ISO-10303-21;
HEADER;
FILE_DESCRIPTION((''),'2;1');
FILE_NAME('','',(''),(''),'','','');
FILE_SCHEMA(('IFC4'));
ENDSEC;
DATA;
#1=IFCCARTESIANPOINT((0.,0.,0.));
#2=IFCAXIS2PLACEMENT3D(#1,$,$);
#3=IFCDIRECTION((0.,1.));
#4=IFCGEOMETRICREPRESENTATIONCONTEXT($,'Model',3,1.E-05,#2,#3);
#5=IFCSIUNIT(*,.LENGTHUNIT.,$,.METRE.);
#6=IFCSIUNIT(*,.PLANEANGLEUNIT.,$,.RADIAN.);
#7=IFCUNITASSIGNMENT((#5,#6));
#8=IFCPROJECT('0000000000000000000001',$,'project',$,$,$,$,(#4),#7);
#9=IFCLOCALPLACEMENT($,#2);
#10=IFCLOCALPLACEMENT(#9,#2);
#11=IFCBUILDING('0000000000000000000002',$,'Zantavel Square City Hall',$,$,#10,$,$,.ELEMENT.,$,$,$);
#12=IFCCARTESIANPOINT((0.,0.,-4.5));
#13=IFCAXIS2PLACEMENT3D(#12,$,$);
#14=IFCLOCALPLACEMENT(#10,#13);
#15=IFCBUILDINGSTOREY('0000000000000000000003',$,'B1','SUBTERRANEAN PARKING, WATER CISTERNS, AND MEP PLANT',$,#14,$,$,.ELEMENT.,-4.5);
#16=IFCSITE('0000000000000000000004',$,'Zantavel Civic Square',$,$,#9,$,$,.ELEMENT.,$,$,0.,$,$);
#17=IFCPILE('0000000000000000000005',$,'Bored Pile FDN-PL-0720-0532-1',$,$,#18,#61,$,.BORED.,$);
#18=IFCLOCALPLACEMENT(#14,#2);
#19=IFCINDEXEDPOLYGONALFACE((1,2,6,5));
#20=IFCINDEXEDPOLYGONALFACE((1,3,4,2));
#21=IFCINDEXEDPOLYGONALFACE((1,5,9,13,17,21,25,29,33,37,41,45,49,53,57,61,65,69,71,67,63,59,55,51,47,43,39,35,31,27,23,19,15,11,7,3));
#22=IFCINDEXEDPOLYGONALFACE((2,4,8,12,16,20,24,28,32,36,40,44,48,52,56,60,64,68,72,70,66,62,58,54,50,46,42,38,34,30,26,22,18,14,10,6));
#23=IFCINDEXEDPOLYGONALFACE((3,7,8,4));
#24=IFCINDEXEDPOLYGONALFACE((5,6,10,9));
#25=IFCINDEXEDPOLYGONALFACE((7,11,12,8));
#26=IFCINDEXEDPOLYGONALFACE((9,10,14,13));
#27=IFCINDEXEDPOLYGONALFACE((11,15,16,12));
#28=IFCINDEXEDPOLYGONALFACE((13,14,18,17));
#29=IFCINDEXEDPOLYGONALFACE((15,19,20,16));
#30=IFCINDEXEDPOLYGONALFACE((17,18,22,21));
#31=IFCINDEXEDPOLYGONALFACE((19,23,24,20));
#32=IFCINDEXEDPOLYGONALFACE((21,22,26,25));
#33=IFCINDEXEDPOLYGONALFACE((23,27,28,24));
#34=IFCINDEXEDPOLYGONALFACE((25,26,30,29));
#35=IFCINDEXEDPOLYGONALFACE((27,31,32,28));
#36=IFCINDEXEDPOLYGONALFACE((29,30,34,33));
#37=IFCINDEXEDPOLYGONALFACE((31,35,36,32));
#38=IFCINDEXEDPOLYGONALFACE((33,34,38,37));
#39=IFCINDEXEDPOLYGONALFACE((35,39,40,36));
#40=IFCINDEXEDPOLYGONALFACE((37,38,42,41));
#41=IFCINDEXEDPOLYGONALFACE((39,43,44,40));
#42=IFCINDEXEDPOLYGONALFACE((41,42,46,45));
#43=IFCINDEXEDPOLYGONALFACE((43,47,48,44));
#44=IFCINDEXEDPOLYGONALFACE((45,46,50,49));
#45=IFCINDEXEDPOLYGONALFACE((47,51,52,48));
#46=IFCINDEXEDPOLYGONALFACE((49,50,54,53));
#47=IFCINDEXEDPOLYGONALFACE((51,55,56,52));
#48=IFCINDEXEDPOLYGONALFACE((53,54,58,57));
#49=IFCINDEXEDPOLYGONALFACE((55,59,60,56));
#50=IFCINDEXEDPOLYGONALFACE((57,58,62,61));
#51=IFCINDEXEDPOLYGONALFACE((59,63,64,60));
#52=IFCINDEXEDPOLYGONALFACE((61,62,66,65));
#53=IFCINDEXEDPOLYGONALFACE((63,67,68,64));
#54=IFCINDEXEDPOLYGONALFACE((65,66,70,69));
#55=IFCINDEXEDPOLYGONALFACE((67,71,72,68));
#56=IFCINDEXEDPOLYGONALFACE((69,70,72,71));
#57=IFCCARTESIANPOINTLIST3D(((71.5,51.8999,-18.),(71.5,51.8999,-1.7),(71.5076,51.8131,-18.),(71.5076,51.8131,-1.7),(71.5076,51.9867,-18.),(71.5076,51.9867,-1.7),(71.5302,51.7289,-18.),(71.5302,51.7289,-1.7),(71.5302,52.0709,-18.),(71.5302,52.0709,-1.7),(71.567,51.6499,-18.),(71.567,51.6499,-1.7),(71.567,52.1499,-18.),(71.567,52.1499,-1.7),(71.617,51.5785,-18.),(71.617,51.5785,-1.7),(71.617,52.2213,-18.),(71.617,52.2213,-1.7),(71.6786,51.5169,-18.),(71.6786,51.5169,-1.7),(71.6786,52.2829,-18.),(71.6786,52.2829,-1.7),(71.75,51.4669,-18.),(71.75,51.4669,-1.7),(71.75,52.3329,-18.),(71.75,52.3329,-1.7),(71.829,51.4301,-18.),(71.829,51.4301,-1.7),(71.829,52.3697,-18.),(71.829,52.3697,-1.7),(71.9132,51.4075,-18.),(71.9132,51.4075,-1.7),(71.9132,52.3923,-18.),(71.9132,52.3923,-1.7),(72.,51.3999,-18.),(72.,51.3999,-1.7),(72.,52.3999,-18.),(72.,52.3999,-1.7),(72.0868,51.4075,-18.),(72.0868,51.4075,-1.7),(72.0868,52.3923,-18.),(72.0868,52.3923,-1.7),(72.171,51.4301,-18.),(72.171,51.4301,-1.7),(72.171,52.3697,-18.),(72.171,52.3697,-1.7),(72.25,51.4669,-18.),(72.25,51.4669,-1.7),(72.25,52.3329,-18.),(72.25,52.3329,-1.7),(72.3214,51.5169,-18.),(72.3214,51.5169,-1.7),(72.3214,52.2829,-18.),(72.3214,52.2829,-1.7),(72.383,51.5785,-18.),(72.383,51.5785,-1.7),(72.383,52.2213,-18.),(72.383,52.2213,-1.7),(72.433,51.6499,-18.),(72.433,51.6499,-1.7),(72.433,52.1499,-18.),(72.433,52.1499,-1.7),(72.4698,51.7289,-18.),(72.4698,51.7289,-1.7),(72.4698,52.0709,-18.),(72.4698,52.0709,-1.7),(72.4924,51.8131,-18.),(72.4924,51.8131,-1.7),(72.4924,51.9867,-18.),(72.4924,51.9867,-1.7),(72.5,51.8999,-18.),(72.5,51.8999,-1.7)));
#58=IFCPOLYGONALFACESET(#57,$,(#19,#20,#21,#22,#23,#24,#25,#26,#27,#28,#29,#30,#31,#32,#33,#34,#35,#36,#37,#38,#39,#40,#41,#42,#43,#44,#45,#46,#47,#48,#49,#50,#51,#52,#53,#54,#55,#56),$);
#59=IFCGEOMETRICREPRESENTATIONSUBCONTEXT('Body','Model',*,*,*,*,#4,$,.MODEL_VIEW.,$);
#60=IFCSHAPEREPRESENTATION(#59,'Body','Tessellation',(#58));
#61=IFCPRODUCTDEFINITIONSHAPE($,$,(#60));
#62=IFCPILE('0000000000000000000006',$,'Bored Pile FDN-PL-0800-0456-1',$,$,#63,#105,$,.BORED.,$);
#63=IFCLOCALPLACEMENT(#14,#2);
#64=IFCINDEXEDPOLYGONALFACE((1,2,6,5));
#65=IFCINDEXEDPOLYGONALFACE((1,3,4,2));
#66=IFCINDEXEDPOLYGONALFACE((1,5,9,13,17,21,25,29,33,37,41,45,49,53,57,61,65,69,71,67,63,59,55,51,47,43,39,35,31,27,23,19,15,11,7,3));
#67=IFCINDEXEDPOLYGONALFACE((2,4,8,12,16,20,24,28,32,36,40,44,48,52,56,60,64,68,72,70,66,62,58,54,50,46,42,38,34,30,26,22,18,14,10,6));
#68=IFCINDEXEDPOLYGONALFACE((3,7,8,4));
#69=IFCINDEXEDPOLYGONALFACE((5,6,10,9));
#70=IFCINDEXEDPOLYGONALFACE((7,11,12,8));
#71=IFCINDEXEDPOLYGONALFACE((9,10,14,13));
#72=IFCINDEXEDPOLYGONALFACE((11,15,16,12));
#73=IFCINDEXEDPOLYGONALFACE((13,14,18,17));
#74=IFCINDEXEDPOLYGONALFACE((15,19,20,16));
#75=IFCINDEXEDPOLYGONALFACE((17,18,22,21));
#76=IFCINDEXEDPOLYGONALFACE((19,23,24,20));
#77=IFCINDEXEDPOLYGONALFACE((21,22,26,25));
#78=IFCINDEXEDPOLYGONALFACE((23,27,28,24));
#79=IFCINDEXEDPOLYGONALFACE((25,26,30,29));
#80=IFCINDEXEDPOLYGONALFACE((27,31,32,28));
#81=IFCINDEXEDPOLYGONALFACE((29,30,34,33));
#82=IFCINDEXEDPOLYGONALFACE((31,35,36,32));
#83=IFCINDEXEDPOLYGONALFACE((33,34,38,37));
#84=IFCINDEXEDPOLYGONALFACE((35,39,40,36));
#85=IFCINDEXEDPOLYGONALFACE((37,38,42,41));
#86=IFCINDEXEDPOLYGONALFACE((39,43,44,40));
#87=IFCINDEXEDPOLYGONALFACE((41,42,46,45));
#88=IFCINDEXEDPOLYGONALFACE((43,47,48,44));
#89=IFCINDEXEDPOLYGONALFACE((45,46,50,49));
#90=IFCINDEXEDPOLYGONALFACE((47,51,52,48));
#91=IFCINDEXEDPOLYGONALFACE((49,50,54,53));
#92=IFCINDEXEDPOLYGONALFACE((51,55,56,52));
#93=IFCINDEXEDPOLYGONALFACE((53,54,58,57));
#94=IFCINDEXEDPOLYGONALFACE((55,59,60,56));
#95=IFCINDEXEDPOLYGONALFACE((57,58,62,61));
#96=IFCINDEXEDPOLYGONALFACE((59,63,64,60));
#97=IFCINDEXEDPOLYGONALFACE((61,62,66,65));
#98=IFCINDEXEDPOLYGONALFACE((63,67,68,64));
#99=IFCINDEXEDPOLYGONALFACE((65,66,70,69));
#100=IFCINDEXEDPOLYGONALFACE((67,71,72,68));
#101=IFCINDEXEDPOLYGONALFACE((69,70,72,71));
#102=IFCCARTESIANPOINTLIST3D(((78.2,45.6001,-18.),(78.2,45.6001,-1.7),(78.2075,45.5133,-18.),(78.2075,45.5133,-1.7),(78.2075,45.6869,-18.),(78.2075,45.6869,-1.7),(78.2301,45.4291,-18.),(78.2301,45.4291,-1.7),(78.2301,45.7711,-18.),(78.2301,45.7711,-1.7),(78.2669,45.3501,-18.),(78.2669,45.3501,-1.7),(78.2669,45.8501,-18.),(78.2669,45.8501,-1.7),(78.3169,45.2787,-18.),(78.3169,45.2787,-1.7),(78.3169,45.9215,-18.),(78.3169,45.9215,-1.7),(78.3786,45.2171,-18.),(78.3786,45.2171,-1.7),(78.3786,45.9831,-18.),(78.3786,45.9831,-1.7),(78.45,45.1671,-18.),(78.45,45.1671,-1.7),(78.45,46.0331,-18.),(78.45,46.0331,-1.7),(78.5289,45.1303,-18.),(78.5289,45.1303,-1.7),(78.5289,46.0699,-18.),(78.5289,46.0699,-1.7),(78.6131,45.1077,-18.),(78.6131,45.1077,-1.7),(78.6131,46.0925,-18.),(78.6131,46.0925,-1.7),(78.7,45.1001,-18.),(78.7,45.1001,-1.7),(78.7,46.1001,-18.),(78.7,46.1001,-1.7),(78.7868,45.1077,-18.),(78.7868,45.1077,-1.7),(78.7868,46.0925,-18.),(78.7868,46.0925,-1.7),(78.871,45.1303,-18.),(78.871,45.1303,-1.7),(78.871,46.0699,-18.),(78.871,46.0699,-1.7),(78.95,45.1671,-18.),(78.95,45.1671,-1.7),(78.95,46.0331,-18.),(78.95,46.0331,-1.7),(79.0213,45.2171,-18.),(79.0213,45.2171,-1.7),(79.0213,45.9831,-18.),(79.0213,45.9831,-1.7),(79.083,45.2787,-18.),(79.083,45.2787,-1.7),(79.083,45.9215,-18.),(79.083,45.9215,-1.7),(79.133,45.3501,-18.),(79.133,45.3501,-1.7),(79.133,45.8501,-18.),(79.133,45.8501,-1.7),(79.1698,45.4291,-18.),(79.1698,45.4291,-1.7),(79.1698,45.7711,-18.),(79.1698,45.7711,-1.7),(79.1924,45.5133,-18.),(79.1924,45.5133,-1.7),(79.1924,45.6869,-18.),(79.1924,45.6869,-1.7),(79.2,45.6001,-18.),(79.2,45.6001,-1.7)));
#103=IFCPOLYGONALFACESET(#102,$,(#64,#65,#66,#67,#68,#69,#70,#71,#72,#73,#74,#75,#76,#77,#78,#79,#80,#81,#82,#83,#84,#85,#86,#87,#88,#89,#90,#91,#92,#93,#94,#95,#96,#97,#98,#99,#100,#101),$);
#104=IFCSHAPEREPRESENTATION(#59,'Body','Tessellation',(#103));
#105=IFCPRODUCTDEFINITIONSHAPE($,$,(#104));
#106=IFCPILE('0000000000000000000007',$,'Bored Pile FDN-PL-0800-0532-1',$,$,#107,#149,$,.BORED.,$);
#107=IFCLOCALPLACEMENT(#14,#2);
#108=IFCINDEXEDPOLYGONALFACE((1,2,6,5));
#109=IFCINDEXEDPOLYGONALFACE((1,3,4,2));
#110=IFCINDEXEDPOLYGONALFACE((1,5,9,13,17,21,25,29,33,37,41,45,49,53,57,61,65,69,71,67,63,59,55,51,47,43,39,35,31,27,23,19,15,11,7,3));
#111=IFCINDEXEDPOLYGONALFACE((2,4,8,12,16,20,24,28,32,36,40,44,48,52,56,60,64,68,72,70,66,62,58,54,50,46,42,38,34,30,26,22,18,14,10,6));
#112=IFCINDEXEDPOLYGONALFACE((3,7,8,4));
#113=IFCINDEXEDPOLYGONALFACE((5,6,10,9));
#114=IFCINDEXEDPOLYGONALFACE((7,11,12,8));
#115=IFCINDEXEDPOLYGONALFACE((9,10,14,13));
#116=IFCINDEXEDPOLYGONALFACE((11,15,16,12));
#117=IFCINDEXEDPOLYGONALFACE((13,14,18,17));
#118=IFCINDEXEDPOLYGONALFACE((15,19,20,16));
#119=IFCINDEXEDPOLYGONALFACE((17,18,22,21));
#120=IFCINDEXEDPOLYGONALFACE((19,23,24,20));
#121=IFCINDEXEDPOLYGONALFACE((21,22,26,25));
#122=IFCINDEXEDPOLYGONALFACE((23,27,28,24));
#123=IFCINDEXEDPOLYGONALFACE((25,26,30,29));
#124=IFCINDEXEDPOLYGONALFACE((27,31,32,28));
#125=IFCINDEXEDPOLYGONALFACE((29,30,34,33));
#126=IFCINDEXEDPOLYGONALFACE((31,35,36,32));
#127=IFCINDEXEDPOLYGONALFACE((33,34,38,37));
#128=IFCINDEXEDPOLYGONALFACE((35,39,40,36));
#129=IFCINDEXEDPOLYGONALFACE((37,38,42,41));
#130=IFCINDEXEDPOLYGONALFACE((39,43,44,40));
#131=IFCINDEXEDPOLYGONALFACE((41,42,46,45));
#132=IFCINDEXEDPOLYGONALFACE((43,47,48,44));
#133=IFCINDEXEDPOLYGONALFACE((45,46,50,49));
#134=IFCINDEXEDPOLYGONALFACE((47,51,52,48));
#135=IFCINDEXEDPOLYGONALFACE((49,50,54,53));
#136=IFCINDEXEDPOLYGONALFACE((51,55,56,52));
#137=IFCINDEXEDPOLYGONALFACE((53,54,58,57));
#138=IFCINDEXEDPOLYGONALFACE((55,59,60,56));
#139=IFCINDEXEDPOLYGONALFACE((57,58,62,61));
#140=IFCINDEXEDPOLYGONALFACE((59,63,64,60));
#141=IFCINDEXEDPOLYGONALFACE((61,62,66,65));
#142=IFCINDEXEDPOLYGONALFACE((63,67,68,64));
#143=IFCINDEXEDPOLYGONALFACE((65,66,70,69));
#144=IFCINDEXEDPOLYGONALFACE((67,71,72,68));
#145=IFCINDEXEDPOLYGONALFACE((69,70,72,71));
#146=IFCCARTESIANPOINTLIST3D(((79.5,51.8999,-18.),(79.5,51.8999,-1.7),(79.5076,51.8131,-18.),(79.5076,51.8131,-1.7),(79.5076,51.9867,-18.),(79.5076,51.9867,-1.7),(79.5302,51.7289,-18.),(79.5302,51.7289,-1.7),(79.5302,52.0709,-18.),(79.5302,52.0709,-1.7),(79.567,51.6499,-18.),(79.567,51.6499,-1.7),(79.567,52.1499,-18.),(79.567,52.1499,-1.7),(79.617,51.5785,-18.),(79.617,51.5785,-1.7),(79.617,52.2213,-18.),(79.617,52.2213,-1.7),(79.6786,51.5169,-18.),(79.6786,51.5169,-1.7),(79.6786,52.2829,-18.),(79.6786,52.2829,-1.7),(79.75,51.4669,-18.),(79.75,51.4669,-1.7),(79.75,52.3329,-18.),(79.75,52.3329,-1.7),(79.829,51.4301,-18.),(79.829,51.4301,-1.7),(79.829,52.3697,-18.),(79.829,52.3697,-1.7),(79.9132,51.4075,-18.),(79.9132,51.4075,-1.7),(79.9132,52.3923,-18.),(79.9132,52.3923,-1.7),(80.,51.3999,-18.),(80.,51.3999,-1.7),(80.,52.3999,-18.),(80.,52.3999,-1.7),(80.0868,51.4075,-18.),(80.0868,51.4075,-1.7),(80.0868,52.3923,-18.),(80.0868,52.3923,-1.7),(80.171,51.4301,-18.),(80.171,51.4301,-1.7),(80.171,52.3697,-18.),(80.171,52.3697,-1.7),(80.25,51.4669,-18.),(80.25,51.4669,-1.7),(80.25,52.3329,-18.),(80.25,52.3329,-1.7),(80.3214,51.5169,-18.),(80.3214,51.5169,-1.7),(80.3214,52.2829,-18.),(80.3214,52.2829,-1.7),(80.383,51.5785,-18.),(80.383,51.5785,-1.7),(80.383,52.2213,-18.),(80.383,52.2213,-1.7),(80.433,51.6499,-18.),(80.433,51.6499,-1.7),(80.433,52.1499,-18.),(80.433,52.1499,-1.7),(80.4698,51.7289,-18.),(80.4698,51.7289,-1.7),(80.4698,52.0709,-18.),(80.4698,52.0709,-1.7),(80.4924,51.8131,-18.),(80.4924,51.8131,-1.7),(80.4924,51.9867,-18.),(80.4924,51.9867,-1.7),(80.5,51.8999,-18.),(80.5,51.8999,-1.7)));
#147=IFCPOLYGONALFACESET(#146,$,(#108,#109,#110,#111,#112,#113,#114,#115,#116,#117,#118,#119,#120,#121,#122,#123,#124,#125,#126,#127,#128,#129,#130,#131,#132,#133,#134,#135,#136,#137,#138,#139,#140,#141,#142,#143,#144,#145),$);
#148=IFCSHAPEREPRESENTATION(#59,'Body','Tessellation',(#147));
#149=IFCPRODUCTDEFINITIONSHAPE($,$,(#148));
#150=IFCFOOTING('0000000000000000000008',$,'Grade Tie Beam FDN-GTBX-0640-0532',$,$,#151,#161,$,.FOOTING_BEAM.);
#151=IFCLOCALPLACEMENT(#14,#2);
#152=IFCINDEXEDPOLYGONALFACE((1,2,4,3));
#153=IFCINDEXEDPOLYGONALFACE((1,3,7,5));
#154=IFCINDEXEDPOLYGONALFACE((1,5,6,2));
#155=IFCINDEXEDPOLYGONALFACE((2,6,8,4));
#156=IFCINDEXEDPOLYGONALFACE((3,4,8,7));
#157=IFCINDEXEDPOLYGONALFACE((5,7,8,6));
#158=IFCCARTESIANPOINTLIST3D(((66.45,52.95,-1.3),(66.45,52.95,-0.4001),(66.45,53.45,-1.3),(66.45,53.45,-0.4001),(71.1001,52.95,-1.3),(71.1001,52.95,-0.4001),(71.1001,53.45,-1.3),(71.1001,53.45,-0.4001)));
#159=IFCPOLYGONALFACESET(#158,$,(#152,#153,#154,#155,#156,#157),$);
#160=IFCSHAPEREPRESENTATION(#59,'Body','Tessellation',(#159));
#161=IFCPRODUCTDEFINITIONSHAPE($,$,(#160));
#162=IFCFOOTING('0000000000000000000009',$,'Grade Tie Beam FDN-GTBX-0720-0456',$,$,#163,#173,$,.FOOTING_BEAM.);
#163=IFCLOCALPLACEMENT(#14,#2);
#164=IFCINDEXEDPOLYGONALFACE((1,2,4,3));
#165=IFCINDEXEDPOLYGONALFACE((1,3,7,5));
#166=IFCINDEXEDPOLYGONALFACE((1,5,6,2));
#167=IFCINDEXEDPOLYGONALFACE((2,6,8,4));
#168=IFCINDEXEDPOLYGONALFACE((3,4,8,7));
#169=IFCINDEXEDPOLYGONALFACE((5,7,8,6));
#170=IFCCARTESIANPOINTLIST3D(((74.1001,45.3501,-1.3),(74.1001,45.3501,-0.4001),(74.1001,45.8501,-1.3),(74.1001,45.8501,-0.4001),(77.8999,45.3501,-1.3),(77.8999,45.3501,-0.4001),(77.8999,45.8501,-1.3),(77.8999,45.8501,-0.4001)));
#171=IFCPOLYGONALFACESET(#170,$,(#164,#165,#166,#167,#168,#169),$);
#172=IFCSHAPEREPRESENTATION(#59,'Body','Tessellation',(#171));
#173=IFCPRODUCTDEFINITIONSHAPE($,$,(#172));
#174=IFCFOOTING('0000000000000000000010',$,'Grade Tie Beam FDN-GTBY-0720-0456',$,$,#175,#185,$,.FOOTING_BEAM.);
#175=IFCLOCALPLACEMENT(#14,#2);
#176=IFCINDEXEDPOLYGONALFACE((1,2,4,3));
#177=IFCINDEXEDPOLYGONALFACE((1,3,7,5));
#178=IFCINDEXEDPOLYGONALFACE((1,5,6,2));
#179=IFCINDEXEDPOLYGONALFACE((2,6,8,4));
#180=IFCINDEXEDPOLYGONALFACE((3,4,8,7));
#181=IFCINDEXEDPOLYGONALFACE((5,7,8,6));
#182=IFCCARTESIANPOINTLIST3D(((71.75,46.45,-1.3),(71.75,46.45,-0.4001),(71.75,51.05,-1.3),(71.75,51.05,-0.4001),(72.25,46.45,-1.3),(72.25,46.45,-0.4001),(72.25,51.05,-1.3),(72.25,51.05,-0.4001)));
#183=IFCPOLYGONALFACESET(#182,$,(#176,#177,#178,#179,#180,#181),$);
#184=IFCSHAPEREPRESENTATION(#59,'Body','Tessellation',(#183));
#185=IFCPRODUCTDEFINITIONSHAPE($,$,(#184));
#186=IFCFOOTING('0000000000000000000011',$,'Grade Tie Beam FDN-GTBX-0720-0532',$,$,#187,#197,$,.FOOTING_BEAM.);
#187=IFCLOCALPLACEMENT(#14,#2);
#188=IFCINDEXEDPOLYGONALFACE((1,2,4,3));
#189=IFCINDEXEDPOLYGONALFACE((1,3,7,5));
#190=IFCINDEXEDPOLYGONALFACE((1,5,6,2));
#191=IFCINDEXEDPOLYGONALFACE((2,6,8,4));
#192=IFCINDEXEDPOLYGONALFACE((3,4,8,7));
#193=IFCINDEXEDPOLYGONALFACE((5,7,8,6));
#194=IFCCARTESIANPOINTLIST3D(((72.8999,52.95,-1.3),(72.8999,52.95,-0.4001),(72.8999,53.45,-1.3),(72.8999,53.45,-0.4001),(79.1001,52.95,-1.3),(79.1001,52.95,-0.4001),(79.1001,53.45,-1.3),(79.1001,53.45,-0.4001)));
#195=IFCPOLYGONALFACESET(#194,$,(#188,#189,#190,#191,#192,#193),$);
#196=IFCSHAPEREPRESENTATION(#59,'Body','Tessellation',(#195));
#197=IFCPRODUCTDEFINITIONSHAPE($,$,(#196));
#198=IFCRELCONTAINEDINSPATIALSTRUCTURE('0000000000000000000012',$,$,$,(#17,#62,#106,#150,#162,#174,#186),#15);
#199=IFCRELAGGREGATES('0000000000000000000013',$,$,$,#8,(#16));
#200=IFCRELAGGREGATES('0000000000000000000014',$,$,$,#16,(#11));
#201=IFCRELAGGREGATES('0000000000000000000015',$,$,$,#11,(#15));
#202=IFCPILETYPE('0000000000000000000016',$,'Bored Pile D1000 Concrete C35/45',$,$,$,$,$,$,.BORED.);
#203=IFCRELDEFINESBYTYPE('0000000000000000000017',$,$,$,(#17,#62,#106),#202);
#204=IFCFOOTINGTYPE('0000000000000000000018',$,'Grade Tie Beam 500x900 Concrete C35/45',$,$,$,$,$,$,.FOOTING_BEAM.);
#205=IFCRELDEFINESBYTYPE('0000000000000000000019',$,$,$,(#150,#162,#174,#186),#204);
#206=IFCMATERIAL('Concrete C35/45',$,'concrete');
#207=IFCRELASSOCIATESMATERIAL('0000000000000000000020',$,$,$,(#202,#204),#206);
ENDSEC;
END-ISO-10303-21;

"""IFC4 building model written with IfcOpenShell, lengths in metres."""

from ifc_helpers import new_model, si_unit, direction, frame, origin, origin_2d, place, context, subcontext, project, spatial, rectangle, circle, extrude, material, material_profile, profile_set, type_object, element, save


model = new_model("IFC4")

# Units and contexts
model_context = context("Model", 3, precision=1e-05, world=origin(), true_north=direction((0.0, 1.0)))
body_context = subcontext(model_context, "Body", "Model", "MODEL_VIEW")
ifc_project = project(units=[si_unit("LENGTHUNIT", "METRE"), si_unit("PLANEANGLEUNIT", "RADIAN")], contexts=[model_context])

# Site, building, storey
site_placement = place(None, origin())
site = spatial("IfcSite", under=ifc_project, at=site_placement, Name="Zantavel Civic Square", CompositionType="ELEMENT", RefElevation=0.0)
building_placement = place(site_placement, origin())
building = spatial("IfcBuilding", under=site, at=building_placement, Name="Zantavel Square City Hall", CompositionType="ELEMENT")
storey_placement = place(building_placement, frame((0.0, 0.0, -4.5)))
storey = spatial("IfcBuildingStorey", under=building, at=storey_placement, Name="B1", Description="SUBTERRANEAN PARKING, WATER CISTERNS, AND MEP PLANT", CompositionType="ELEMENT", Elevation=-4.5)

# Piles
ifc_material_1 = material(Name="Concrete C35/45", Category="concrete")
ifc_material_profile_1 = material_profile(ifc_material_1, circle(Radius=0.5, at=origin_2d()), Name="PILE D1000")
ifc_profile_set_1 = profile_set([ifc_material_profile_1], Name="Concrete C35/45")
pile_type = type_object("IfcPileType", Name="Bored Pile D1000 Concrete C35/45", PredefinedType="BORED", material=ifc_profile_set_1)
for number, where, z_axis, x_axis, name in (
    (1, (72.0, 51.8999, -1.7), (0.0, 0.0, -1.0), (1.0, 0.0, 0.0), "Bored Pile FDN-PL-0720-0532-1"),
    (2, (78.7, 45.6001, -1.7), (0.0, 0.0, -1.0), (1.0, 0.0, 0.0), "Bored Pile FDN-PL-0800-0456-1"),
    (3, (80.0, 51.8999, -1.7), (0.0, 0.0, -1.0), (1.0, 0.0, 0.0), "Bored Pile FDN-PL-0800-0532-1"),
):
    element("IfcPile", number, at=place(storey_placement, frame(where, z_axis=z_axis, x_axis=x_axis)), inside=storey, type_object=pile_type, Name=name, PredefinedType="BORED", context=body_context, shape_type="SweptSolid", body=[
        extrude(circle(Radius=0.5, at=origin_2d()), origin(), (0.0, 0.0, 1.0), 16.3),
    ])

# Footings
ifc_material_profile_2 = material_profile(ifc_material_1, rectangle(XDim=0.5, YDim=0.8999, at=origin_2d()), Name="RC 500x900")
ifc_profile_set_2 = profile_set([ifc_material_profile_2], Name="Concrete C35/45")
footing_type_1 = type_object("IfcFootingType", Name="Grade Tie Beam 500x900 Concrete C35/45", PredefinedType="FOOTING_BEAM", material=ifc_profile_set_2)
footing_1_placement = place(storey_placement, frame((66.45, 53.2, -0.8501), z_axis=(1.0, 0.0, 0.0), x_axis=(0.0, 1.0, 0.0)))
element("IfcFooting", 4, at=footing_1_placement, inside=storey, type_object=footing_type_1, Name="Grade Tie Beam FDN-GTBX-0640-0532", PredefinedType="FOOTING_BEAM", context=body_context, shape_type="SweptSolid", body=[
    extrude(rectangle(XDim=0.5, YDim=0.8999, at=origin_2d()), origin(), (0.0, 0.0, 1.0), 4.6501),
])
footing_2_placement = place(storey_placement, frame((74.1001, 45.6001, -0.8501), z_axis=(1.0, 0.0, 0.0), x_axis=(0.0, 1.0, 0.0)))
element("IfcFooting", 5, at=footing_2_placement, inside=storey, type_object=footing_type_1, Name="Grade Tie Beam FDN-GTBX-0720-0456", PredefinedType="FOOTING_BEAM", context=body_context, shape_type="SweptSolid", body=[
    extrude(rectangle(XDim=0.5, YDim=0.8999, at=origin_2d()), origin(), (0.0, 0.0, 1.0), 3.7998),
])
footing_3_placement = place(storey_placement, frame((72.0, 46.45, -0.8501), z_axis=(0.0, 1.0, 0.0), x_axis=(-1.0, 0.0, 0.0)))
element("IfcFooting", 6, at=footing_3_placement, inside=storey, type_object=footing_type_1, Name="Grade Tie Beam FDN-GTBY-0720-0456", PredefinedType="FOOTING_BEAM", context=body_context, shape_type="SweptSolid", body=[
    extrude(rectangle(XDim=0.5, YDim=0.8999, at=origin_2d()), origin(), (0.0, 0.0, 1.0), 4.6001),
])
footing_4_placement = place(storey_placement, frame((72.8999, 53.2, -0.8501), z_axis=(1.0, 0.0, 0.0), x_axis=(0.0, 1.0, 0.0)))
element("IfcFooting", 7, at=footing_4_placement, inside=storey, type_object=footing_type_1, Name="Grade Tie Beam FDN-GTBX-0720-0532", PredefinedType="FOOTING_BEAM", context=body_context, shape_type="SweptSolid", body=[
    extrude(rectangle(XDim=0.5, YDim=0.8999, at=origin_2d()), origin(), (0.0, 0.0, 1.0), 6.2002),
])

save(model, "model.ifc")
